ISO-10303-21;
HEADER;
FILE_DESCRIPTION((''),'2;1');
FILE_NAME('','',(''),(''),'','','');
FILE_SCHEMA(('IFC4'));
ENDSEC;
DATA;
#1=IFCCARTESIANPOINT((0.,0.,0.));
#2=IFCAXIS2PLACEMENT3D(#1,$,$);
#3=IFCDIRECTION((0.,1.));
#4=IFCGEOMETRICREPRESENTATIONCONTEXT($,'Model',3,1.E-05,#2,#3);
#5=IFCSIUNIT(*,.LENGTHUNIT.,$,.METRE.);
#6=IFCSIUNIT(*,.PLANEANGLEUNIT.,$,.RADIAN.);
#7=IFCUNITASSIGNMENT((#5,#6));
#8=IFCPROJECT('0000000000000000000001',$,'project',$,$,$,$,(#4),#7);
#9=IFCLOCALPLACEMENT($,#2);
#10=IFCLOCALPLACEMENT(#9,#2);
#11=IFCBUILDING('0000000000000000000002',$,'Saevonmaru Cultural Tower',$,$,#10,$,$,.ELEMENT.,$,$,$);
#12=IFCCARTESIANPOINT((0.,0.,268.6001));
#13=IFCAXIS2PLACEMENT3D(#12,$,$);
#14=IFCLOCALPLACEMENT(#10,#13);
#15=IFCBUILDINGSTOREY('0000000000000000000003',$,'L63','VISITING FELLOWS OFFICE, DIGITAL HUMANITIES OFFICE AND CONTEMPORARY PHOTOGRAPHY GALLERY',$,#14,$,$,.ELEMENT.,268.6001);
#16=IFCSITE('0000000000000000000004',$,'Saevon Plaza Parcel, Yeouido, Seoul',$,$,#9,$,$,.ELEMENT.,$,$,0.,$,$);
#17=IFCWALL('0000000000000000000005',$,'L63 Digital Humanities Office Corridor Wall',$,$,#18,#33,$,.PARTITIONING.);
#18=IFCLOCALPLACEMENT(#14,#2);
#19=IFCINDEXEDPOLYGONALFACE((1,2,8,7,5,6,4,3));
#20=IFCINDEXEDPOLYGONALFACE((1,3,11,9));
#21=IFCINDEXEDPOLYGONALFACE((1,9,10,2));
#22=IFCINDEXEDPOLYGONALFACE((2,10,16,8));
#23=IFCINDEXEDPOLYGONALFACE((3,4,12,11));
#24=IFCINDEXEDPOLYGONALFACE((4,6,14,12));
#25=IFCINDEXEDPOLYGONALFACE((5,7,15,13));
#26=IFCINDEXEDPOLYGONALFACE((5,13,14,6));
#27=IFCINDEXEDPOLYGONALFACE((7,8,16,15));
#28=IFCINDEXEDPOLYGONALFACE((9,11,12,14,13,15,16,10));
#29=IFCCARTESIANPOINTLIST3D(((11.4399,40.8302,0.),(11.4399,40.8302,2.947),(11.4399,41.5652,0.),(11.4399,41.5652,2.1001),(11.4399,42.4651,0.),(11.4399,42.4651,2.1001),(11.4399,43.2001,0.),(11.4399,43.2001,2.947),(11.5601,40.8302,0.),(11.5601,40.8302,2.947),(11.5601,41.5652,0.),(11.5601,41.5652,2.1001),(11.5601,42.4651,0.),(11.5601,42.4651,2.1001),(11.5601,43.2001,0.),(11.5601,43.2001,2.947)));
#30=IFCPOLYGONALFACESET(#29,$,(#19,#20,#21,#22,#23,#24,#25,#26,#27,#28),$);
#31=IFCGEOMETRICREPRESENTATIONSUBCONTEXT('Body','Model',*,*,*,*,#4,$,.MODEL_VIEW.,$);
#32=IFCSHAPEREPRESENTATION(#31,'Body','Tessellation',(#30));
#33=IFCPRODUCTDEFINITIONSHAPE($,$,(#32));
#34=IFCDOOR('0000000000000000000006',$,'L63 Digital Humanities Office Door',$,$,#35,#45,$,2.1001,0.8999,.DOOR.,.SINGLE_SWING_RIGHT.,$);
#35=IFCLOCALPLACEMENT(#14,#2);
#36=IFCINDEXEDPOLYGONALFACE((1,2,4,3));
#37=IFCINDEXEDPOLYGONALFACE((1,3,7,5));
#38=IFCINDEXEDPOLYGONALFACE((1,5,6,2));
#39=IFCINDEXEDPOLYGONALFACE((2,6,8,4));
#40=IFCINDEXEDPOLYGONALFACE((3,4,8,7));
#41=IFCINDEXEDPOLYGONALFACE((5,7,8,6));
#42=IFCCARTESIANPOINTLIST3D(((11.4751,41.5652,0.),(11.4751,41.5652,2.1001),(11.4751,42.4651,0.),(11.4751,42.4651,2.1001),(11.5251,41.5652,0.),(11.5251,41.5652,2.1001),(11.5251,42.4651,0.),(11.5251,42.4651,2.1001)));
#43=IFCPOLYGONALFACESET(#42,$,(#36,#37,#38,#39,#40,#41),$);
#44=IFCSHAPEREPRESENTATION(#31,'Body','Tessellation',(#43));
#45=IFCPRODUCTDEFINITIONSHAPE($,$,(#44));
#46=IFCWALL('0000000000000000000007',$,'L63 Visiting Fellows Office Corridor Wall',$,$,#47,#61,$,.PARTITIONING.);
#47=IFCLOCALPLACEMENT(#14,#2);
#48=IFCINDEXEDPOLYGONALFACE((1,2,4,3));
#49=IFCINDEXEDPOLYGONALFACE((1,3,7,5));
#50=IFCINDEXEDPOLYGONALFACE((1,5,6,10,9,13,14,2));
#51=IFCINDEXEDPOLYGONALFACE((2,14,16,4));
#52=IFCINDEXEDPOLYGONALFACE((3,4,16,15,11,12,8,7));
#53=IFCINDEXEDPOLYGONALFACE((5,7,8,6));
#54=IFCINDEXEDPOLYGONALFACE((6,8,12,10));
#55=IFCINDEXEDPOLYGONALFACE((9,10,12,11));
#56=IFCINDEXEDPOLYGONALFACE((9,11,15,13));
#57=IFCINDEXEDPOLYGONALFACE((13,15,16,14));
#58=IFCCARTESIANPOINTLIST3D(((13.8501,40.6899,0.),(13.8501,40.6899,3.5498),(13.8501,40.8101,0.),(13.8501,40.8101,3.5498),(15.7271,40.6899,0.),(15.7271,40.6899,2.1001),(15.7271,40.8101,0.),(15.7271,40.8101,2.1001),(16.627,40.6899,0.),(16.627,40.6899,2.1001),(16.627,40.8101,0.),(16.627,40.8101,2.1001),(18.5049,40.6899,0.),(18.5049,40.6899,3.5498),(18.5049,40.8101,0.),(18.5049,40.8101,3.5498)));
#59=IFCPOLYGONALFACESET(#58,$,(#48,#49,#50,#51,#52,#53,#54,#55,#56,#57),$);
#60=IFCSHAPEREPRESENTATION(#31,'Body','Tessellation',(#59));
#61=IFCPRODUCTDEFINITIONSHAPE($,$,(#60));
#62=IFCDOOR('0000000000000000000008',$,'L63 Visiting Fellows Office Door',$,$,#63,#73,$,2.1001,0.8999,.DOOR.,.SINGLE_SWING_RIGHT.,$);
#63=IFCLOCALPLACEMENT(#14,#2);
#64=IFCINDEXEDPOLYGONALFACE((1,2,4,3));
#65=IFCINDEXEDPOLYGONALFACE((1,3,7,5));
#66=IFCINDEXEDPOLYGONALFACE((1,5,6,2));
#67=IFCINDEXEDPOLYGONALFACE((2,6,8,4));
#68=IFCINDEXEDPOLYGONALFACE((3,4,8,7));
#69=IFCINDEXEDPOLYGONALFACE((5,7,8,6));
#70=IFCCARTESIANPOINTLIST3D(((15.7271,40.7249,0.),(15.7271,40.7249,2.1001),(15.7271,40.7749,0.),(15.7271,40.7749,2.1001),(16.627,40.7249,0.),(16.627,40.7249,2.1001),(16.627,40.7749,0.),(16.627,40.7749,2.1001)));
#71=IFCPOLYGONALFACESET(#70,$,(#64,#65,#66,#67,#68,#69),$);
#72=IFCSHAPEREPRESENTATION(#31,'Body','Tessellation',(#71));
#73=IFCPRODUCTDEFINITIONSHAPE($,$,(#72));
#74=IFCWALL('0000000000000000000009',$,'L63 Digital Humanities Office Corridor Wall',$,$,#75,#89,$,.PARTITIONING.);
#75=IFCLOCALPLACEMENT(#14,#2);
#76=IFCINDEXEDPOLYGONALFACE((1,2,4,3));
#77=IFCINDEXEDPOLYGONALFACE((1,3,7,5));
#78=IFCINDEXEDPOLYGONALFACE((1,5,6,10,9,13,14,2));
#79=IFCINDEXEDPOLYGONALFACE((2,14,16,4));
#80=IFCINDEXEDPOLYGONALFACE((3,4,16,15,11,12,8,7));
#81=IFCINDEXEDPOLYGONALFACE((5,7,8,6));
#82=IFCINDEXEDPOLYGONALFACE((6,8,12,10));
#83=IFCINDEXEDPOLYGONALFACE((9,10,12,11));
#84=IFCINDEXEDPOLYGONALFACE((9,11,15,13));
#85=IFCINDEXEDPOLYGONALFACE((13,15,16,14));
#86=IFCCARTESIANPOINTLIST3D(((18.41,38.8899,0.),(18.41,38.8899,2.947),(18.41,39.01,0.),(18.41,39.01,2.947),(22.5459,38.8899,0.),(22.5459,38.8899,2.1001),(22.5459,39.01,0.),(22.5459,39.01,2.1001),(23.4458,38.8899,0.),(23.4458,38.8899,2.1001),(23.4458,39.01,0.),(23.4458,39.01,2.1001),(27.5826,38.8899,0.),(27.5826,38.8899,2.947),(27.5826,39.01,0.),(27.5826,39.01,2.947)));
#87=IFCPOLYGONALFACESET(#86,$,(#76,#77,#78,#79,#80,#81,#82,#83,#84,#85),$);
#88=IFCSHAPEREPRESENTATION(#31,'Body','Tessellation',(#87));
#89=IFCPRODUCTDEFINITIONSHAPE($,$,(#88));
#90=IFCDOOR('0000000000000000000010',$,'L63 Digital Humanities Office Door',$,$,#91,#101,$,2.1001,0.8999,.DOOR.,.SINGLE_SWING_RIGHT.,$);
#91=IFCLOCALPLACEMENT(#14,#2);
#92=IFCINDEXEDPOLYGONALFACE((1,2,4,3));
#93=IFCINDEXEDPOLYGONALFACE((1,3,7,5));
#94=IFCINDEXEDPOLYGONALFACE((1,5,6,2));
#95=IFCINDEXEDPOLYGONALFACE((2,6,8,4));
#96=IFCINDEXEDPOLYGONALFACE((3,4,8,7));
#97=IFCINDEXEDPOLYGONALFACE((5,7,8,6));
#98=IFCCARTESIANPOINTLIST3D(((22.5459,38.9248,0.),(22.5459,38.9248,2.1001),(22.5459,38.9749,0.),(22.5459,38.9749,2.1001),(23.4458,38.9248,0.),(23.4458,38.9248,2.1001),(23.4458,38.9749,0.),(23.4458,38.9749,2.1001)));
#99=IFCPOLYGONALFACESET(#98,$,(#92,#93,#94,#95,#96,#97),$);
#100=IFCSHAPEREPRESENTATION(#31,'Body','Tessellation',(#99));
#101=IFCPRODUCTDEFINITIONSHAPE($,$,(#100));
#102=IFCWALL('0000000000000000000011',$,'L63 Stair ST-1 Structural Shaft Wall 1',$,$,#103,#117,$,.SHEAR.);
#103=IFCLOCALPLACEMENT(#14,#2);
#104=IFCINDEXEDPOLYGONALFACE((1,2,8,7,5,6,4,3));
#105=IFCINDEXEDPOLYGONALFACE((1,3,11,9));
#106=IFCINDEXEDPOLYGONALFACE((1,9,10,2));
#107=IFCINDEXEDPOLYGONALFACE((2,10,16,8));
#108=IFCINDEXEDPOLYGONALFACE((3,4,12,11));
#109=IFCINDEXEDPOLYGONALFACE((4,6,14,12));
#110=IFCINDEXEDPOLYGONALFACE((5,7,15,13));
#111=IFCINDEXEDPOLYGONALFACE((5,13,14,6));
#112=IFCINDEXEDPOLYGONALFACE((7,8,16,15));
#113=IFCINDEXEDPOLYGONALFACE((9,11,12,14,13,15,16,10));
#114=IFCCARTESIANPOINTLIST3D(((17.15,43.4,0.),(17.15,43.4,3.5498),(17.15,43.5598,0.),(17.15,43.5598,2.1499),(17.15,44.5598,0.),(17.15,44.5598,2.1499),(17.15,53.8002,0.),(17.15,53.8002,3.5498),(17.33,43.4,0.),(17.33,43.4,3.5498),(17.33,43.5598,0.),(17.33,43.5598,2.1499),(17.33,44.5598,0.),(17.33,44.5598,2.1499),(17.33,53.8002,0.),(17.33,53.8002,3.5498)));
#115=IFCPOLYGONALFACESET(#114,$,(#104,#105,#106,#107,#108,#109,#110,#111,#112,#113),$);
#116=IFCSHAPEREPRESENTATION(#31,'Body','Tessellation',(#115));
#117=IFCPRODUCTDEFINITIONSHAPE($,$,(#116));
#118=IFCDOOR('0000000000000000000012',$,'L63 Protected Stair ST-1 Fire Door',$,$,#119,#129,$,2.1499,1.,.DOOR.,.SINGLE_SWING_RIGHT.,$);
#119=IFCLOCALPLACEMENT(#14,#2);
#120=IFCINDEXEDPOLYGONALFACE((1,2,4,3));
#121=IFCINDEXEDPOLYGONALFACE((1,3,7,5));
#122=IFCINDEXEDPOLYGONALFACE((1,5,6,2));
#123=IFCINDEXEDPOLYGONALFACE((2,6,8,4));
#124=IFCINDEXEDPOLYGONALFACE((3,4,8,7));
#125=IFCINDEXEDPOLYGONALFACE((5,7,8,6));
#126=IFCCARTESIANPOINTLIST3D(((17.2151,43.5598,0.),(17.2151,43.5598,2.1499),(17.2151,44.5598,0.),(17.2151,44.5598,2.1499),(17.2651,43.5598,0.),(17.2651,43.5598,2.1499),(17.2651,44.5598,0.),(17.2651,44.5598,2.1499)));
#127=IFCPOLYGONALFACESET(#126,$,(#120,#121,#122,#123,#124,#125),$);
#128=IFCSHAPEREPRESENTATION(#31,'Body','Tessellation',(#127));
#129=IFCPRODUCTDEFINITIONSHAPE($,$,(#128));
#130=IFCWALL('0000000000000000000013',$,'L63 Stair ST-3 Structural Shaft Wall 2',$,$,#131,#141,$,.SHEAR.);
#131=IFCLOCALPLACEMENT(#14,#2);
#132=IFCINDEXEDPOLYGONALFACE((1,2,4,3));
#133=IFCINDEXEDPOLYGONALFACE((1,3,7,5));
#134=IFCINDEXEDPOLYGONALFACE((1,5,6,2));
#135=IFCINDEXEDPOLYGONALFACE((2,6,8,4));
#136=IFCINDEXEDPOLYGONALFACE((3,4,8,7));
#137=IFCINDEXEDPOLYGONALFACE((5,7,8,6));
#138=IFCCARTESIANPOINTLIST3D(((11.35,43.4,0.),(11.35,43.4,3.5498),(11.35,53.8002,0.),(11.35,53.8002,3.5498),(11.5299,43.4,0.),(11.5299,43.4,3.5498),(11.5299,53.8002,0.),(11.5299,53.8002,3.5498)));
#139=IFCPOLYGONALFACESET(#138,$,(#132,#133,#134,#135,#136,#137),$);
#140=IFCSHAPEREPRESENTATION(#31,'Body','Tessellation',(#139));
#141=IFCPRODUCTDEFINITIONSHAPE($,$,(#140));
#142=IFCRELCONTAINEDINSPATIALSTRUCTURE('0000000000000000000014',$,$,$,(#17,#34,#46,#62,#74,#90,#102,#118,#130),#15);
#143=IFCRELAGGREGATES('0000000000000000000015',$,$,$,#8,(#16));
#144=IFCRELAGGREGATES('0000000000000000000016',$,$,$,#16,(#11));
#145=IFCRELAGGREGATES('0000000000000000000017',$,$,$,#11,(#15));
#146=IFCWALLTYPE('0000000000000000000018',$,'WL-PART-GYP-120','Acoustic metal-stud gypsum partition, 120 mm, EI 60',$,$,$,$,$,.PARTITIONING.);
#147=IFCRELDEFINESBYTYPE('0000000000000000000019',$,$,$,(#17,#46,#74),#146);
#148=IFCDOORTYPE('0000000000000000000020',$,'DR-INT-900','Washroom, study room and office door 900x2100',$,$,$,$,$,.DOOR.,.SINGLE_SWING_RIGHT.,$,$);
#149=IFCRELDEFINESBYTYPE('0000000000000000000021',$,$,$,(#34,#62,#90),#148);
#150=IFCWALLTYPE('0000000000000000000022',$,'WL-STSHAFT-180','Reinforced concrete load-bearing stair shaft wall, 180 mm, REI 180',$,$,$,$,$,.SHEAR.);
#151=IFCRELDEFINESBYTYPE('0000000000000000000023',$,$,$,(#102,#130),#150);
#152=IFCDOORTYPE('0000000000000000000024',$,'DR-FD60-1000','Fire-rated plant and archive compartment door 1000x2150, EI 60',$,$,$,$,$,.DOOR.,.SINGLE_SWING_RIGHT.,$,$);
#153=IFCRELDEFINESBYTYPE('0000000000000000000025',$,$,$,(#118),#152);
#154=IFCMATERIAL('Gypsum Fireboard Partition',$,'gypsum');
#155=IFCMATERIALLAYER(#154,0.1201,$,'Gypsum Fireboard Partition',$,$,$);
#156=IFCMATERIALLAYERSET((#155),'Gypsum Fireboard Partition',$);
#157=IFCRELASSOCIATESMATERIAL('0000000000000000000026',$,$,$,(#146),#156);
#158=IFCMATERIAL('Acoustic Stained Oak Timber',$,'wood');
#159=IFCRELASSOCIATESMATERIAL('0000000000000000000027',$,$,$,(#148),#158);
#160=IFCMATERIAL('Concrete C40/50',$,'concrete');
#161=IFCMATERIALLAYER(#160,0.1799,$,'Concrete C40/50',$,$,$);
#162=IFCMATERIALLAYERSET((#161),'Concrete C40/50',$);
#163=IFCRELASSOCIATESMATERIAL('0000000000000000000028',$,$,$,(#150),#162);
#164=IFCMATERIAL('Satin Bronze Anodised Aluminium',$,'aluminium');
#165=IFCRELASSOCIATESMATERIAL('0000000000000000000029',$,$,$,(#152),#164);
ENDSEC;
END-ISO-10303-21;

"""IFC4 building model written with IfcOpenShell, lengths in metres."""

from ifc_helpers import new_model, si_unit, direction, frame, frame_2d, origin, place, context, subcontext, project, spatial, rectangle, extrude, material, layer, layer_set, type_object, element, fill, save


model = new_model("IFC4")

# Units and contexts
model_context = context("Model", 3, precision=1e-05, world=origin(), true_north=direction((0.0, 1.0)))
body_context = subcontext(model_context, "Body", "Model", "MODEL_VIEW")
ifc_project = project(units=[si_unit("LENGTHUNIT", "METRE"), si_unit("PLANEANGLEUNIT", "RADIAN")], contexts=[model_context])

# Site, building, storey
site_placement = place(None, origin())
site = spatial("IfcSite", under=ifc_project, at=site_placement, Name="Saevon Plaza Parcel, Yeouido, Seoul", CompositionType="ELEMENT", RefElevation=0.0)
building_placement = place(site_placement, origin())
building = spatial("IfcBuilding", under=site, at=building_placement, Name="Saevonmaru Cultural Tower", CompositionType="ELEMENT")
storey_placement = place(building_placement, frame((0.0, 0.0, 268.6001)))
storey = spatial("IfcBuildingStorey", under=building, at=storey_placement, Name="L63", Description="VISITING FELLOWS OFFICE, DIGITAL HUMANITIES OFFICE AND CONTEMPORARY PHOTOGRAPHY GALLERY", CompositionType="ELEMENT", Elevation=268.6001)

# Shared definitions
ifc_material_1 = material(Name="Satin Bronze Anodised Aluminium", Category="aluminium")

# Shared definitions
ifc_material_2 = material(Name="Gypsum Fireboard Partition", Category="gypsum")
ifc_layer_1 = layer(ifc_material_2, 0.1201, Name="Gypsum Fireboard Partition")
ifc_layer_set_1 = layer_set([ifc_layer_1], Name="Gypsum Fireboard Partition")
wall_type_1 = type_object("IfcWallType", Name="WL-PART-GYP-120", Description="Acoustic metal-stud gypsum partition, 120 mm, EI 60", PredefinedType="PARTITIONING", material=ifc_layer_set_1)

# Shared definitions
ifc_material_3 = material(Name="Acoustic Stained Oak Timber", Category="wood")
door_type_1 = type_object("IfcDoorType", Name="DR-INT-900", Description="Washroom, study room and office door 900x2100", OperationType="SINGLE_SWING_RIGHT", PredefinedType="DOOR", material=ifc_material_3)

# Walls, openings, doors
wall_1_placement = place(storey_placement, frame((11.5, 40.8301, 0.0), z_axis=(0.0, 0.0, 1.0), x_axis=(0.0, 1.0, 0.0)))
wall_1 = element("IfcWall", 1, at=wall_1_placement, inside=storey, type_object=wall_type_1, Name="L63 Digital Humanities Office Corridor Wall", PredefinedType="PARTITIONING", context=body_context, shape_type="SweptSolid", body=[
    extrude(rectangle(XDim=2.3699, YDim=0.1201, at=frame_2d((1.1851, 0.0))), origin(), (0.0, 0.0, 1.0), 2.947),
])
opening_1_placement = place(wall_1_placement, frame((0.7351, 0.0, 0.0)))
opening_1 = element("IfcOpeningElement", 2, at=opening_1_placement, cuts=wall_1, PredefinedType="OPENING", context=body_context, shape_type="SweptSolid", body=[
    extrude(rectangle(XDim=0.8999, YDim=2.1001, at=frame_2d((0.45, 1.05))), frame((0.0, 0.0701, 0.0), z_axis=(0.0, -1.0, 0.0), x_axis=(1.0, 0.0, 0.0)), (0.0, 0.0, 1.0), 0.1401),
])
door_1_placement = place(opening_1_placement, origin())
door_1 = element("IfcDoor", 3, at=door_1_placement, inside=storey, type_object=door_type_1, Name="L63 Digital Humanities Office Door", OperationType="SINGLE_SWING_RIGHT", OverallHeight=2.1001, OverallWidth=0.8999, PredefinedType="DOOR", context=body_context, shape_type="SweptSolid", body=[
    extrude(rectangle(XDim=0.8999, YDim=2.1001, at=frame_2d((0.45, 1.05))), frame((0.0, 0.0249, 0.0), z_axis=(0.0, -1.0, 0.0), x_axis=(1.0, 0.0, 0.0)), (0.0, 0.0, 1.0), 0.05),
])
fill(opening_1, door_1)
wall_2_placement = place(storey_placement, frame((13.8501, 40.75, 0.0), z_axis=(0.0, 0.0, 1.0), x_axis=(1.0, 0.0, 0.0)))
wall_2 = element("IfcWall", 4, at=wall_2_placement, inside=storey, type_object=wall_type_1, Name="L63 Visiting Fellows Office Corridor Wall", PredefinedType="PARTITIONING", context=body_context, shape_type="SweptSolid", body=[
    extrude(rectangle(XDim=4.6548, YDim=0.1201, at=frame_2d((2.3274, 0.0))), origin(), (0.0, 0.0, 1.0), 3.5498),
])
opening_2_placement = place(wall_2_placement, frame((1.877, 0.0, 0.0)))
opening_2 = element("IfcOpeningElement", 5, at=opening_2_placement, cuts=wall_2, PredefinedType="OPENING", context=body_context, shape_type="SweptSolid", body=[
    extrude(rectangle(XDim=0.8999, YDim=2.1001, at=frame_2d((0.45, 1.05))), frame((0.0, 0.0701, 0.0), z_axis=(0.0, -1.0, 0.0), x_axis=(1.0, 0.0, 0.0)), (0.0, 0.0, 1.0), 0.1401),
])
door_2_placement = place(opening_2_placement, origin())
door_2 = element("IfcDoor", 6, at=door_2_placement, inside=storey, type_object=door_type_1, Name="L63 Visiting Fellows Office Door", OperationType="SINGLE_SWING_RIGHT", OverallHeight=2.1001, OverallWidth=0.8999, PredefinedType="DOOR", context=body_context, shape_type="SweptSolid", body=[
    extrude(rectangle(XDim=0.8999, YDim=2.1001, at=frame_2d((0.45, 1.05))), frame((0.0, 0.0249, 0.0), z_axis=(0.0, -1.0, 0.0), x_axis=(1.0, 0.0, 0.0)), (0.0, 0.0, 1.0), 0.05),
])
fill(opening_2, door_2)
wall_3_placement = place(storey_placement, frame((18.4099, 38.95, 0.0), z_axis=(0.0, 0.0, 1.0), x_axis=(1.0, 0.0, 0.0)))
wall_3 = element("IfcWall", 7, at=wall_3_placement, inside=storey, type_object=wall_type_1, Name="L63 Digital Humanities Office Corridor Wall", PredefinedType="PARTITIONING", context=body_context, shape_type="SweptSolid", body=[
    extrude(rectangle(XDim=9.1726, YDim=0.1201, at=frame_2d((4.5864, 0.0))), origin(), (0.0, 0.0, 1.0), 2.947),
])
opening_3_placement = place(wall_3_placement, frame((4.136, 0.0, 0.0)))
opening_3 = element("IfcOpeningElement", 8, at=opening_3_placement, cuts=wall_3, PredefinedType="OPENING", context=body_context, shape_type="SweptSolid", body=[
    extrude(rectangle(XDim=0.8999, YDim=2.1001, at=frame_2d((0.45, 1.05))), frame((0.0, 0.0701, 0.0), z_axis=(0.0, -1.0, 0.0), x_axis=(1.0, 0.0, 0.0)), (0.0, 0.0, 1.0), 0.1401),
])
door_3_placement = place(opening_3_placement, origin())
door_3 = element("IfcDoor", 9, at=door_3_placement, inside=storey, type_object=door_type_1, Name="L63 Digital Humanities Office Door", OperationType="SINGLE_SWING_RIGHT", OverallHeight=2.1001, OverallWidth=0.8999, PredefinedType="DOOR", context=body_context, shape_type="SweptSolid", body=[
    extrude(rectangle(XDim=0.8999, YDim=2.1001, at=frame_2d((0.45, 1.05))), frame((0.0, 0.0249, 0.0), z_axis=(0.0, -1.0, 0.0), x_axis=(1.0, 0.0, 0.0)), (0.0, 0.0, 1.0), 0.05),
])
fill(opening_3, door_3)
ifc_material_4 = material(Name="Concrete C40/50", Category="concrete")
ifc_layer_2 = layer(ifc_material_4, 0.1799, Name="Concrete C40/50")
ifc_layer_set_2 = layer_set([ifc_layer_2], Name="Concrete C40/50")
wall_type_2 = type_object("IfcWallType", Name="WL-STSHAFT-180", Description="Reinforced concrete load-bearing stair shaft wall, 180 mm, REI 180", PredefinedType="SHEAR", material=ifc_layer_set_2)
wall_4_placement = place(storey_placement, frame((17.24, 43.3999, 0.0), z_axis=(0.0, 0.0, 1.0), x_axis=(0.0, 1.0, 0.0)))
wall_4 = element("IfcWall", 10, at=wall_4_placement, inside=storey, type_object=wall_type_2, Name="L63 Stair ST-1 Structural Shaft Wall 1", PredefinedType="SHEAR", context=body_context, shape_type="SweptSolid", body=[
    extrude(rectangle(XDim=10.4001, YDim=0.1799, at=frame_2d((5.2002, 0.0))), origin(), (0.0, 0.0, 1.0), 3.5498),
])
opening_4_placement = place(wall_4_placement, frame((0.1599, 0.0, 0.0)))
opening_4 = element("IfcOpeningElement", 11, at=opening_4_placement, cuts=wall_4, PredefinedType="OPENING", context=body_context, shape_type="SweptSolid", body=[
    extrude(rectangle(XDim=1.0, YDim=2.1499, at=frame_2d((0.5, 1.075))), frame((0.0, 0.1001, 0.0), z_axis=(0.0, -1.0, 0.0), x_axis=(1.0, 0.0, 0.0)), (0.0, 0.0, 1.0), 0.2),
])
door_type_2 = type_object("IfcDoorType", Name="DR-FD60-1000", Description="Fire-rated plant and archive compartment door 1000x2150, EI 60", OperationType="SINGLE_SWING_RIGHT", PredefinedType="DOOR", material=ifc_material_1)
door_4_placement = place(opening_4_placement, origin())
door_4 = element("IfcDoor", 12, at=door_4_placement, inside=storey, type_object=door_type_2, Name="L63 Protected Stair ST-1 Fire Door", OperationType="SINGLE_SWING_RIGHT", OverallHeight=2.1499, OverallWidth=1.0, PredefinedType="DOOR", context=body_context, shape_type="SweptSolid", body=[
    extrude(rectangle(XDim=1.0, YDim=2.1499, at=frame_2d((0.5, 1.075))), frame((0.0, 0.0249, 0.0), z_axis=(0.0, -1.0, 0.0), x_axis=(1.0, 0.0, 0.0)), (0.0, 0.0, 1.0), 0.05),
])
fill(opening_4, door_4)

# Wall
wall_5_placement = place(storey_placement, frame((11.4399, 43.3999, 0.0), z_axis=(0.0, 0.0, 1.0), x_axis=(0.0, 1.0, 0.0)))
element("IfcWall", 13, at=wall_5_placement, inside=storey, type_object=wall_type_2, Name="L63 Stair ST-3 Structural Shaft Wall 2", PredefinedType="SHEAR", context=body_context, shape_type="SweptSolid", body=[
    extrude(rectangle(XDim=10.4001, YDim=0.1799, at=frame_2d((5.2002, 0.0))), origin(), (0.0, 0.0, 1.0), 3.5498),
])

save(model, "model.ifc")
